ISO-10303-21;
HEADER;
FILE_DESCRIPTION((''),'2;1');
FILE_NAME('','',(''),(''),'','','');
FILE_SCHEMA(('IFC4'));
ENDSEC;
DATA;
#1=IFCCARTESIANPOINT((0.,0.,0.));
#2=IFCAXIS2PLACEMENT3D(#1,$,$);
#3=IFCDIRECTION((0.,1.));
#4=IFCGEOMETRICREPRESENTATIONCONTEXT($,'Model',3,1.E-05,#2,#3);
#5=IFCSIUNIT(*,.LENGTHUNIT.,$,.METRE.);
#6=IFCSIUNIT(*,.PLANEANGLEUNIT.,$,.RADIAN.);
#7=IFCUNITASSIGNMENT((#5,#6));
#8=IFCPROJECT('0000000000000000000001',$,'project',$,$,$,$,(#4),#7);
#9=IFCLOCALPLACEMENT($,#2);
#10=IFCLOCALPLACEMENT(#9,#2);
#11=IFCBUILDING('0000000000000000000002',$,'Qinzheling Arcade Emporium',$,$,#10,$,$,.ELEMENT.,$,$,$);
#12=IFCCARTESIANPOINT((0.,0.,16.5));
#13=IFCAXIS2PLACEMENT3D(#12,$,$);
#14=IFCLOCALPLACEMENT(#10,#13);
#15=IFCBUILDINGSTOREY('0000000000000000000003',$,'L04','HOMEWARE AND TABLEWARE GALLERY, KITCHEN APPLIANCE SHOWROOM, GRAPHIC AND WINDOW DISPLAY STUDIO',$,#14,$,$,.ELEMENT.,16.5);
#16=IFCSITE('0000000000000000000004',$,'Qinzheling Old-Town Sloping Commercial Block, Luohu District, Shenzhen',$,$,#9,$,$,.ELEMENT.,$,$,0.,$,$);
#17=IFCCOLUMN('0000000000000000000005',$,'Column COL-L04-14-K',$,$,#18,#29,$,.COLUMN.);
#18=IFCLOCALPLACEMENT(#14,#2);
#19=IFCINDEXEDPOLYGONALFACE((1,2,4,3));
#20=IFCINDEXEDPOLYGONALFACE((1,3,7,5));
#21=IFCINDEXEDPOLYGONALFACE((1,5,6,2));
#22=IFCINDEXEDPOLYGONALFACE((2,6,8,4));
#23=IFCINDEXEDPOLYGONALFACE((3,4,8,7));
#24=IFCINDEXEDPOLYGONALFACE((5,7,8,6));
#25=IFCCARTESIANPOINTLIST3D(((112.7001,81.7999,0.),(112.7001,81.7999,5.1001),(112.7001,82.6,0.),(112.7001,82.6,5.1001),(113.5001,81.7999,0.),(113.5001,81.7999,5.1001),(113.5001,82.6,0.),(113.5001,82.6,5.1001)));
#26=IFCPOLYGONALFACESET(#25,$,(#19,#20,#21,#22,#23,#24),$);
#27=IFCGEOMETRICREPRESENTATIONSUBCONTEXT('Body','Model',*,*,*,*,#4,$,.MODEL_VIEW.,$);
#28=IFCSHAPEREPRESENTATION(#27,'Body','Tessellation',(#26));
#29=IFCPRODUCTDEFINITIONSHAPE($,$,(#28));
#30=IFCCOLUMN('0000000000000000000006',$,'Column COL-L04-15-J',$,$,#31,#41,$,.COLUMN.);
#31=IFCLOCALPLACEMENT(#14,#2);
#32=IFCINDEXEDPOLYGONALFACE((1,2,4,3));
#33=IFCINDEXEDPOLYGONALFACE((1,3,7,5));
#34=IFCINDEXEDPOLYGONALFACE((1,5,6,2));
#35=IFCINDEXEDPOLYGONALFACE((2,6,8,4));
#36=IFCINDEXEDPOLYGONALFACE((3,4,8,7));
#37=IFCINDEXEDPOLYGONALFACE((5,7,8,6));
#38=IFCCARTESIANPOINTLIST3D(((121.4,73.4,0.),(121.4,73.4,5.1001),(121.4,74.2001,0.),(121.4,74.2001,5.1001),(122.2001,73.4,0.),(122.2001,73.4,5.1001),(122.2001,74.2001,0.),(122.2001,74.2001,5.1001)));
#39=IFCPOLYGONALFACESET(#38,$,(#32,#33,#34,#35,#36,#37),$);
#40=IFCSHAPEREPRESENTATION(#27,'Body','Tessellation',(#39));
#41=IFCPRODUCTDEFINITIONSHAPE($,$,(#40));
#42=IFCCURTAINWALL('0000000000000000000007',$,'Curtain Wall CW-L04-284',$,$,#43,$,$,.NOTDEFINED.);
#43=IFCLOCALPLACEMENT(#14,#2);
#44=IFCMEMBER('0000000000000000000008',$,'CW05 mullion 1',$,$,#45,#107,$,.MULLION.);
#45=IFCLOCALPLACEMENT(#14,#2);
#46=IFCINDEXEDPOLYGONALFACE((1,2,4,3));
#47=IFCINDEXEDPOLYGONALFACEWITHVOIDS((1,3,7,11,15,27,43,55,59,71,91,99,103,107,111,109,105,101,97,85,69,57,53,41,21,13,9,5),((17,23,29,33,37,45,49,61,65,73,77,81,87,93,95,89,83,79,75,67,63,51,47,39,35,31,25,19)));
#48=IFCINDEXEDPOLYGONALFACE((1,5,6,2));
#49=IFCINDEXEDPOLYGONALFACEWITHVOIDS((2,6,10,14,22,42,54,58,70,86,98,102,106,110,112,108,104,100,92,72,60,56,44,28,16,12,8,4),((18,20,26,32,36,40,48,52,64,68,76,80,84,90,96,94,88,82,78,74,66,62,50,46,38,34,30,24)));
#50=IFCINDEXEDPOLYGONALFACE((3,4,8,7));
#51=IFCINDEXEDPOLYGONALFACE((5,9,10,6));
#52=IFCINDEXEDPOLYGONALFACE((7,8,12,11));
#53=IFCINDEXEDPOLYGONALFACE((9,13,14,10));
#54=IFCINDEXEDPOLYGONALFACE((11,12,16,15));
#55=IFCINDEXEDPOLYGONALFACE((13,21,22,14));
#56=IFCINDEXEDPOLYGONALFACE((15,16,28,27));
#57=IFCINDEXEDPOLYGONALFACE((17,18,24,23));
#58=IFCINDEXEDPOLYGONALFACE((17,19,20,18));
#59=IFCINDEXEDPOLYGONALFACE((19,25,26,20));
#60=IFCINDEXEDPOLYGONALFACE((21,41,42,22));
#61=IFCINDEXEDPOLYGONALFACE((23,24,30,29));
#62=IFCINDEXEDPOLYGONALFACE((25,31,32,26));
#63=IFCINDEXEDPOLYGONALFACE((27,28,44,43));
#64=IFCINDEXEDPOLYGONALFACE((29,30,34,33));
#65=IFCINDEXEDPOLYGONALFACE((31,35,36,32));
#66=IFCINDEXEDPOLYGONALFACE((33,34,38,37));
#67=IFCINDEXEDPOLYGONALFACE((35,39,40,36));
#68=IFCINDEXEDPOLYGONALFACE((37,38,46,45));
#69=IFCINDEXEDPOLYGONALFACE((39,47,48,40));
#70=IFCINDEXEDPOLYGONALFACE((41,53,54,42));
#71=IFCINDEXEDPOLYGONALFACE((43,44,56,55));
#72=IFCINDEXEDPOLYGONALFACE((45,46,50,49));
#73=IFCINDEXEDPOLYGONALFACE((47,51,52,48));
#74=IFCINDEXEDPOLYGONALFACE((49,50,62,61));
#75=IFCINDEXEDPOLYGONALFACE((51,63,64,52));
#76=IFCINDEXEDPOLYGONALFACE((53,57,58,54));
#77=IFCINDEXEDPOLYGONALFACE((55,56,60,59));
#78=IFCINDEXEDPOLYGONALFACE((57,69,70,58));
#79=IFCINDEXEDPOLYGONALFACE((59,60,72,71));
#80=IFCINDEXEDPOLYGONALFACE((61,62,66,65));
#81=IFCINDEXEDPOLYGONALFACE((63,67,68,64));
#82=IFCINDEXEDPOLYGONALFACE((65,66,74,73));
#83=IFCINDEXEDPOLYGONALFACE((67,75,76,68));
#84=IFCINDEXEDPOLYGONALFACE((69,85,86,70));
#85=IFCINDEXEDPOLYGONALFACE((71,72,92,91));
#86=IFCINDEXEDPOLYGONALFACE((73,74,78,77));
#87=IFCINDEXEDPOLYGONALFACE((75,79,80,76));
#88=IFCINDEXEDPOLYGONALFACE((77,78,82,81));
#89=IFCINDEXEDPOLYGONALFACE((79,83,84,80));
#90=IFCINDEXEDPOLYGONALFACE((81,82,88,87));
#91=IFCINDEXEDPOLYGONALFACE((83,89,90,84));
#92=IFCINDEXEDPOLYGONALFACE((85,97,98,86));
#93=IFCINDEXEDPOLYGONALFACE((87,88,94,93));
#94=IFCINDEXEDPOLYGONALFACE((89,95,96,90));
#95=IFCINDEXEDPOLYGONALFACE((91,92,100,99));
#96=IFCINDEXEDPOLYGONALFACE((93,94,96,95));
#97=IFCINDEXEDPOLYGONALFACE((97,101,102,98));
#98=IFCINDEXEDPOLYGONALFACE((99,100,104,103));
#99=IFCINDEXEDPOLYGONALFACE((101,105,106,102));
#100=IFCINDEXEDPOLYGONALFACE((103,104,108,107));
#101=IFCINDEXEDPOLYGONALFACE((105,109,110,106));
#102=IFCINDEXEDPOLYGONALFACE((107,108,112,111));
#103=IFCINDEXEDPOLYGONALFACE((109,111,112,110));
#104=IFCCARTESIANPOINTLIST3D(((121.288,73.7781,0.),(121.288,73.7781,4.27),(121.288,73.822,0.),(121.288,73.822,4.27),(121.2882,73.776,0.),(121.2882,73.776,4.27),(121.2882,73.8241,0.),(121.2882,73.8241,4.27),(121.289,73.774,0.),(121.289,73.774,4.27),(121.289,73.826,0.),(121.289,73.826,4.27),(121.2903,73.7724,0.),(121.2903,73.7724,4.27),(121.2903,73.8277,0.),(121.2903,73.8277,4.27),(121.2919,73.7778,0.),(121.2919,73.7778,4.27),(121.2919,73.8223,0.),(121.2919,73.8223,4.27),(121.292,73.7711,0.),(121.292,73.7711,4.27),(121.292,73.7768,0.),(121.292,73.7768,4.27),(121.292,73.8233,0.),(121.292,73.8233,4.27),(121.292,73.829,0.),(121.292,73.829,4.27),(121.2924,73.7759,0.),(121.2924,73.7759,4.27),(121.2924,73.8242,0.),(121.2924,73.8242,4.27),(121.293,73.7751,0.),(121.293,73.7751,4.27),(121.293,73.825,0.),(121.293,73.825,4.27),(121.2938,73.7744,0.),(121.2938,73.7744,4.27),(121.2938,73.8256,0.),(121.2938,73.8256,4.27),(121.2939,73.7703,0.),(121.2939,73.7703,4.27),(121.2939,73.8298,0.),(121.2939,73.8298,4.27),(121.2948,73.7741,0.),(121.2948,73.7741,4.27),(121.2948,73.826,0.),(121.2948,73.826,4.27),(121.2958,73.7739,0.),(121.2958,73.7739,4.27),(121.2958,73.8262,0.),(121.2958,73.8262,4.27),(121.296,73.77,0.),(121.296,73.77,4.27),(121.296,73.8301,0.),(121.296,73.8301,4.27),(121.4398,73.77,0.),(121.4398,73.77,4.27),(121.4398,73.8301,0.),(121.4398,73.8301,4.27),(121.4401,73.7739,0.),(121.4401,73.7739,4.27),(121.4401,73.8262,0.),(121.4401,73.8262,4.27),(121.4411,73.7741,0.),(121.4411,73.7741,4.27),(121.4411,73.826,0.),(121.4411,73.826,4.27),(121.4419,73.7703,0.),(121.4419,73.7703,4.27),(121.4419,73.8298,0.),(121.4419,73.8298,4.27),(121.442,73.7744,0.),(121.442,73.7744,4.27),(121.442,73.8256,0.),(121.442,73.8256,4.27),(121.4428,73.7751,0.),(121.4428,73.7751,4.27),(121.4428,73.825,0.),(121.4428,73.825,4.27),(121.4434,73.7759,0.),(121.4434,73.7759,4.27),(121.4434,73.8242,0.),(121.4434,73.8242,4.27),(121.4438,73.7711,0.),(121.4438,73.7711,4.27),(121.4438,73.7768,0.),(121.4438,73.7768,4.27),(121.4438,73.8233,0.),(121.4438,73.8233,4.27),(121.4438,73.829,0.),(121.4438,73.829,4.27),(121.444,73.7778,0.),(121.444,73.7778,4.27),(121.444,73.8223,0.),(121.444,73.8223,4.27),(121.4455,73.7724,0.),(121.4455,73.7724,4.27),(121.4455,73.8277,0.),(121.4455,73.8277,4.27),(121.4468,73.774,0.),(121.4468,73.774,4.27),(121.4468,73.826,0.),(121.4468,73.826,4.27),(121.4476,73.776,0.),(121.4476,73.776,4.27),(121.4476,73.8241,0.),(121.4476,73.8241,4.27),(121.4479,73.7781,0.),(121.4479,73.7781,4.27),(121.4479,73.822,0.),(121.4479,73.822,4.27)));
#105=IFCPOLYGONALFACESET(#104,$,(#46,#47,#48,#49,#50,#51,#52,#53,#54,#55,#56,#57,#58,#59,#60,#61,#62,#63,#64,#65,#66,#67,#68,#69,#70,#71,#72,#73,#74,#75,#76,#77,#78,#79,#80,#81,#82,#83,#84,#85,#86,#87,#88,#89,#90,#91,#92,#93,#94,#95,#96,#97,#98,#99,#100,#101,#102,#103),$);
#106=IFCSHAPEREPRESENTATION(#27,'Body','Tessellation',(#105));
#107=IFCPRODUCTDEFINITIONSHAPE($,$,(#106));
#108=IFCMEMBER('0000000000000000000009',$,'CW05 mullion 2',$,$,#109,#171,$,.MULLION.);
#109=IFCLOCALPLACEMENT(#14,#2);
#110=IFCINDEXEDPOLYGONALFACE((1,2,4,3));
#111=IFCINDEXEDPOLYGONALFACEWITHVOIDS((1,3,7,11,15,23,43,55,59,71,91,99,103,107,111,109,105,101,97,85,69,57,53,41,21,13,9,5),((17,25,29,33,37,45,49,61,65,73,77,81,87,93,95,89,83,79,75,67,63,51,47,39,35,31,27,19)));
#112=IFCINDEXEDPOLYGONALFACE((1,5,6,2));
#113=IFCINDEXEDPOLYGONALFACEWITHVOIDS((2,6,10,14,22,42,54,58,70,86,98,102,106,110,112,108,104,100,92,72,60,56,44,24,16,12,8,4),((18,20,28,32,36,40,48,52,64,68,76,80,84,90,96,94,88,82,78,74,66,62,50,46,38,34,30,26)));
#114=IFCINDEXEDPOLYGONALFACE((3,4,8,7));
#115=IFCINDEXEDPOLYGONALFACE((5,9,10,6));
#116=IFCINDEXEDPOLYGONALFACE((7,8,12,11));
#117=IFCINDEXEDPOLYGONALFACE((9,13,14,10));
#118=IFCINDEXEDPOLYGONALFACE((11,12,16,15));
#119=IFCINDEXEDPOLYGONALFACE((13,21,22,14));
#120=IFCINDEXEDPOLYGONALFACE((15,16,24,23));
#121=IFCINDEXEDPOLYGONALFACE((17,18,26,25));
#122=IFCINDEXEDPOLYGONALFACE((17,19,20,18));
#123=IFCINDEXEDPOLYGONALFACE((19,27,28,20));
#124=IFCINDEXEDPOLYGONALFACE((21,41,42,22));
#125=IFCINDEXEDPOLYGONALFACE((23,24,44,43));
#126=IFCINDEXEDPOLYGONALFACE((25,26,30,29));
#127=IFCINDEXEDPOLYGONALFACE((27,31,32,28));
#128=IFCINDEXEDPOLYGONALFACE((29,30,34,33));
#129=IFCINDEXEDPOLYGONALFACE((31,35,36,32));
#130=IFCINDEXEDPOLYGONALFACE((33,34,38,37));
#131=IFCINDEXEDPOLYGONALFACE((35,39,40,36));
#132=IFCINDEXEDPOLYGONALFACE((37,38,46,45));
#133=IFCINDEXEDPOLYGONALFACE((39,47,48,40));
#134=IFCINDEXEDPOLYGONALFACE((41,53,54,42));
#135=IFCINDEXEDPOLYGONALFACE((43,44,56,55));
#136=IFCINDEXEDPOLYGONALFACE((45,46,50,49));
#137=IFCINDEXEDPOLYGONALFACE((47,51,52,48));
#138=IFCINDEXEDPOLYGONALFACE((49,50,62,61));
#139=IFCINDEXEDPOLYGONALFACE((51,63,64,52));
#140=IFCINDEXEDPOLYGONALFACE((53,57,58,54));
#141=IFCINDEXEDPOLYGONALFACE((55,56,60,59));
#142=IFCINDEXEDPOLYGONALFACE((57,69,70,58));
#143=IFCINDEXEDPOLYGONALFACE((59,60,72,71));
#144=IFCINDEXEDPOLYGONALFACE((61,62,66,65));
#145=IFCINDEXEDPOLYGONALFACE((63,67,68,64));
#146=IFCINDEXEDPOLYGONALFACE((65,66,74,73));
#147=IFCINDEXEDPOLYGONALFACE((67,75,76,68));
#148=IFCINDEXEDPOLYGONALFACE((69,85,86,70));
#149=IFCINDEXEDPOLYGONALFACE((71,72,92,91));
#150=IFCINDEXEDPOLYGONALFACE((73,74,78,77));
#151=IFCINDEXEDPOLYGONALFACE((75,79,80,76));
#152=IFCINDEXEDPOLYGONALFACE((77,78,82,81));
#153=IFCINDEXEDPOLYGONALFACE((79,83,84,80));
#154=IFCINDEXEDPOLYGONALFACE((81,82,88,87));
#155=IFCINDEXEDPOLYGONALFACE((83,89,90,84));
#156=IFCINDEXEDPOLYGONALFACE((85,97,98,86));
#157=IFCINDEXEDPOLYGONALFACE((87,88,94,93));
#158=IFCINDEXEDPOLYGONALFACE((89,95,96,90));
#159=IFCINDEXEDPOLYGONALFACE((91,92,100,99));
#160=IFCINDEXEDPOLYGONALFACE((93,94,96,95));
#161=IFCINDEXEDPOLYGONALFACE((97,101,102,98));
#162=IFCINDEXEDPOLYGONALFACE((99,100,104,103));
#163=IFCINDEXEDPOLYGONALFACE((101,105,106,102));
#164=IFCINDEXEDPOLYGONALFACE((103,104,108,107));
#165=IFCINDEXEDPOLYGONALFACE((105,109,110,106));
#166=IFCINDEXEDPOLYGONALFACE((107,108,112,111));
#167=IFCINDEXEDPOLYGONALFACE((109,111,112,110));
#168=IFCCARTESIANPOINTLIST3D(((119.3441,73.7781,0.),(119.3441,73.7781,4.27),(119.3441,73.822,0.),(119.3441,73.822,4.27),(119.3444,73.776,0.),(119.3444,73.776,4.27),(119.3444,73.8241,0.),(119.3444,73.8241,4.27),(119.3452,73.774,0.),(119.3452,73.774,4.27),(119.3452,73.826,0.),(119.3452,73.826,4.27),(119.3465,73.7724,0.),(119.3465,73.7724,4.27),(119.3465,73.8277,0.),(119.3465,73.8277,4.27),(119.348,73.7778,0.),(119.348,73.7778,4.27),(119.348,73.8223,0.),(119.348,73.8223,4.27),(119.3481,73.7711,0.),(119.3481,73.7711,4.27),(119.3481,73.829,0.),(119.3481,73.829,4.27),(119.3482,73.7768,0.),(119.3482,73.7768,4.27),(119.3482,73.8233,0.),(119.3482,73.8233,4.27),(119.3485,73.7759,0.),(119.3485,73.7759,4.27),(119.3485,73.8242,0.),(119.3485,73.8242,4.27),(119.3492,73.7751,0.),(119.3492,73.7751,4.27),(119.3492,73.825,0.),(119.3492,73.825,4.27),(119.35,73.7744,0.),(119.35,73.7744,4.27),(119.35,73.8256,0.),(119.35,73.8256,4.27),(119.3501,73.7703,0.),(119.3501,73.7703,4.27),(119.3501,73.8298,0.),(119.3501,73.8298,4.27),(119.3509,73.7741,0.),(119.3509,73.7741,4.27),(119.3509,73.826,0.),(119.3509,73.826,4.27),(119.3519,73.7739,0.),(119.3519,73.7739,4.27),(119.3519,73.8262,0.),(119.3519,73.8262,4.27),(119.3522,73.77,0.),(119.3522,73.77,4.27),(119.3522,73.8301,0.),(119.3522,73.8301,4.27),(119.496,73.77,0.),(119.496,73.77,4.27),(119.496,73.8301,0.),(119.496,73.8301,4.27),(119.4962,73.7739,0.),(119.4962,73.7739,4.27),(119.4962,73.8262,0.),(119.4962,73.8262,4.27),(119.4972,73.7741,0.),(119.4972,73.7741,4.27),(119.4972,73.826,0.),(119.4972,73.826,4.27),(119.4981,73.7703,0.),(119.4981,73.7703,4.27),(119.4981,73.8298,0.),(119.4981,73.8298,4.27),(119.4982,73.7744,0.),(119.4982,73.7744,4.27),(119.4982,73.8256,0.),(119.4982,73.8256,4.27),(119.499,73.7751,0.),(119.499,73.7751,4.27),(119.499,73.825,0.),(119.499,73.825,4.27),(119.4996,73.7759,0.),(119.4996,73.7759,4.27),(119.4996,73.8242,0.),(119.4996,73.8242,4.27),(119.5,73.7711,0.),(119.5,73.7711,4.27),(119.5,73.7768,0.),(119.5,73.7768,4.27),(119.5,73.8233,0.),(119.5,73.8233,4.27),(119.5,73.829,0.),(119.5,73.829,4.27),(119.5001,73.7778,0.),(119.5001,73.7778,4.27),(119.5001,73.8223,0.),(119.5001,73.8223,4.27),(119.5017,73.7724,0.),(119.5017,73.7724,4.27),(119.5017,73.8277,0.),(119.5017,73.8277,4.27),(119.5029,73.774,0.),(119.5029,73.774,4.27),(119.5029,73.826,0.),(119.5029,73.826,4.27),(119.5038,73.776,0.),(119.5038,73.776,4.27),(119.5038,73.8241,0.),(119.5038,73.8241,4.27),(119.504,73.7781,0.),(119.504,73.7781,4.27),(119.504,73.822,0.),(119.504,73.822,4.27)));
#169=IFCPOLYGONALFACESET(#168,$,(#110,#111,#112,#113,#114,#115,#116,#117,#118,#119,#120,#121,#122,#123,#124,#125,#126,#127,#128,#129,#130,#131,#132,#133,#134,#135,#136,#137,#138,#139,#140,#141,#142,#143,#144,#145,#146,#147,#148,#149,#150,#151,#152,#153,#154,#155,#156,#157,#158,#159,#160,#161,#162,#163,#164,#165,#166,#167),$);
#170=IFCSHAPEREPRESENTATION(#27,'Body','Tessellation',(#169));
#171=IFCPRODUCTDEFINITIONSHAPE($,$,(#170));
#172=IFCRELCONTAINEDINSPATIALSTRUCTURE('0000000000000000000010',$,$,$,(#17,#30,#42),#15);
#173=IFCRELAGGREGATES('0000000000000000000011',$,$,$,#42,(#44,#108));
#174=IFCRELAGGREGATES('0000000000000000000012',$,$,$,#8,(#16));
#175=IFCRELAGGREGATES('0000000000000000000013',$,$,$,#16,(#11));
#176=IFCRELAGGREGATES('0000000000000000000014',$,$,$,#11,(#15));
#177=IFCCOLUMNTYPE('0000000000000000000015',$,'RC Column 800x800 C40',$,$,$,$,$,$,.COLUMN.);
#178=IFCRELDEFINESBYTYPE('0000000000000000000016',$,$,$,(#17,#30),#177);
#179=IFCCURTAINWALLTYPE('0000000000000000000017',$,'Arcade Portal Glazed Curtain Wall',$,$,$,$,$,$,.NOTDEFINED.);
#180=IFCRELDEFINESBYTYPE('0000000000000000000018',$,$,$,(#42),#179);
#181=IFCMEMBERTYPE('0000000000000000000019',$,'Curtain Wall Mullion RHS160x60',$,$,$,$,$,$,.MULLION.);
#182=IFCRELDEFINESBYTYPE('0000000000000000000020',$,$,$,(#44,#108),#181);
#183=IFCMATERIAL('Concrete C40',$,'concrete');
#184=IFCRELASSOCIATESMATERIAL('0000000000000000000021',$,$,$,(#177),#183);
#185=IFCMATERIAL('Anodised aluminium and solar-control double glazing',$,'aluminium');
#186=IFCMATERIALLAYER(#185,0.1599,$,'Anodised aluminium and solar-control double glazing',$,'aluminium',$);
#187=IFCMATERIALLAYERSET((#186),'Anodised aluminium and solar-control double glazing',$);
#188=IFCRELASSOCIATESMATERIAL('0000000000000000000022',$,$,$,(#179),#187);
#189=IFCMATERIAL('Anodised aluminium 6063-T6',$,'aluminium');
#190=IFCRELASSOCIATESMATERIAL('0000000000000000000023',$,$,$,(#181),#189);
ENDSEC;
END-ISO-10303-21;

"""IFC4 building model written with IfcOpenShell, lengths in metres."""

from ifc_helpers import new_model, si_unit, direction, frame, origin, origin_2d, place, context, subcontext, project, spatial, rectangle, hollow_rectangle, extrude, material, layer, layer_set, material_profile, profile_set, type_object, element, aggregate, save


model = new_model("IFC4")

# Units and contexts
model_context = context("Model", 3, precision=1e-05, world=origin(), true_north=direction((0.0, 1.0)))
body_context = subcontext(model_context, "Body", "Model", "MODEL_VIEW")
ifc_project = project(units=[si_unit("LENGTHUNIT", "METRE"), si_unit("PLANEANGLEUNIT", "RADIAN")], contexts=[model_context])

# Site, building, storey
site_placement = place(None, origin())
site = spatial("IfcSite", under=ifc_project, at=site_placement, Name="Qinzheling Old-Town Sloping Commercial Block, Luohu District, Shenzhen", CompositionType="ELEMENT", RefElevation=0.0)
building_placement = place(site_placement, origin())
building = spatial("IfcBuilding", under=site, at=building_placement, Name="Qinzheling Arcade Emporium", CompositionType="ELEMENT")
storey_placement = place(building_placement, frame((0.0, 0.0, 16.5)))
storey = spatial("IfcBuildingStorey", under=building, at=storey_placement, Name="L04", Description="HOMEWARE AND TABLEWARE GALLERY, KITCHEN APPLIANCE SHOWROOM, GRAPHIC AND WINDOW DISPLAY STUDIO", CompositionType="ELEMENT", Elevation=16.5)

# Columns
ifc_material_1 = material(Name="Concrete C40", Category="concrete")
ifc_material_profile_1 = material_profile(ifc_material_1, rectangle(XDim=0.8, YDim=0.8, at=origin_2d()), Name="RC 800x800", Category="concrete")
ifc_profile_set_1 = profile_set([ifc_material_profile_1], Name="Concrete C40")
column_type = type_object("IfcColumnType", Name="RC Column 800x800 C40", PredefinedType="COLUMN", material=ifc_profile_set_1)
for number, where, z_axis, x_axis, name in (
    (1, (113.1001, 82.2, 0.0), (0.0, 0.0, 1.0), (1.0, 0.0, 0.0), "Column COL-L04-14-K"),
    (2, (121.8, 73.8, 0.0), (0.0, 0.0, 1.0), (1.0, 0.0, 0.0), "Column COL-L04-15-J"),
):
    element("IfcColumn", number, at=place(storey_placement, frame(where, z_axis=z_axis, x_axis=x_axis)), inside=storey, type_object=column_type, Name=name, PredefinedType="COLUMN", context=body_context, shape_type="SweptSolid", body=[
        extrude(rectangle(XDim=0.8, YDim=0.8, at=origin_2d()), origin(), (0.0, 0.0, 1.0), 5.1001),
    ])

# Curtain wall, members
ifc_material_2 = material(Name="Anodised aluminium and solar-control double glazing", Category="aluminium")
ifc_layer_1 = layer(ifc_material_2, 0.1599, Name="Anodised aluminium and solar-control double glazing", Category="aluminium")
ifc_layer_set_1 = layer_set([ifc_layer_1], Name="Anodised aluminium and solar-control double glazing")
curtain_wall_type = type_object("IfcCurtainWallType", Name="Arcade Portal Glazed Curtain Wall", PredefinedType="NOTDEFINED", material=ifc_layer_set_1)
curtain_wall_placement = place(storey_placement, origin())
curtain_wall = element("IfcCurtainWall", 3, at=curtain_wall_placement, inside=storey, type_object=curtain_wall_type, Name="Curtain Wall CW-L04-284", PredefinedType="NOTDEFINED")
ifc_material_3 = material(Name="Anodised aluminium 6063-T6", Category="aluminium")
ifc_material_profile_2 = material_profile(ifc_material_3, hollow_rectangle(XDim=0.0601, YDim=0.1599, WallThickness=0.0039, InnerFilletRadius=0.0039, OuterFilletRadius=0.0081, at=origin_2d()), Name="RHS 160x60x4", Category="aluminium")
ifc_profile_set_2 = profile_set([ifc_material_profile_2], Name="Anodised aluminium 6063-T6")
member_type_1 = type_object("IfcMemberType", Name="Curtain Wall Mullion RHS160x60", PredefinedType="MULLION", material=ifc_profile_set_2)
member_1_placement = place(storey_placement, frame((121.3679, 73.8, 0.0), z_axis=(0.0, 0.0, 1.0), x_axis=(0.0, -1.0, 0.0)))
member_1 = element("IfcMember", 4, at=member_1_placement, type_object=member_type_1, Name="CW05 mullion 1", PredefinedType="MULLION", context=body_context, shape_type="SweptSolid", body=[
    extrude(hollow_rectangle(XDim=0.0601, YDim=0.1599, WallThickness=0.0039, InnerFilletRadius=0.0039, OuterFilletRadius=0.0081, at=origin_2d()), origin(), (0.0, 0.0, 1.0), 4.27),
])
member_2_placement = place(storey_placement, frame((119.4241, 73.8, 0.0), z_axis=(0.0, 0.0, 1.0), x_axis=(0.0, -1.0, 0.0)))
member_2 = element("IfcMember", 5, at=member_2_placement, type_object=member_type_1, Name="CW05 mullion 2", PredefinedType="MULLION", context=body_context, shape_type="SweptSolid", body=[
    extrude(hollow_rectangle(XDim=0.0601, YDim=0.1599, WallThickness=0.0039, InnerFilletRadius=0.0039, OuterFilletRadius=0.0081, at=origin_2d()), origin(), (0.0, 0.0, 1.0), 4.27),
])

aggregate(curtain_wall, [member_1, member_2])

save(model, "model.ifc")
